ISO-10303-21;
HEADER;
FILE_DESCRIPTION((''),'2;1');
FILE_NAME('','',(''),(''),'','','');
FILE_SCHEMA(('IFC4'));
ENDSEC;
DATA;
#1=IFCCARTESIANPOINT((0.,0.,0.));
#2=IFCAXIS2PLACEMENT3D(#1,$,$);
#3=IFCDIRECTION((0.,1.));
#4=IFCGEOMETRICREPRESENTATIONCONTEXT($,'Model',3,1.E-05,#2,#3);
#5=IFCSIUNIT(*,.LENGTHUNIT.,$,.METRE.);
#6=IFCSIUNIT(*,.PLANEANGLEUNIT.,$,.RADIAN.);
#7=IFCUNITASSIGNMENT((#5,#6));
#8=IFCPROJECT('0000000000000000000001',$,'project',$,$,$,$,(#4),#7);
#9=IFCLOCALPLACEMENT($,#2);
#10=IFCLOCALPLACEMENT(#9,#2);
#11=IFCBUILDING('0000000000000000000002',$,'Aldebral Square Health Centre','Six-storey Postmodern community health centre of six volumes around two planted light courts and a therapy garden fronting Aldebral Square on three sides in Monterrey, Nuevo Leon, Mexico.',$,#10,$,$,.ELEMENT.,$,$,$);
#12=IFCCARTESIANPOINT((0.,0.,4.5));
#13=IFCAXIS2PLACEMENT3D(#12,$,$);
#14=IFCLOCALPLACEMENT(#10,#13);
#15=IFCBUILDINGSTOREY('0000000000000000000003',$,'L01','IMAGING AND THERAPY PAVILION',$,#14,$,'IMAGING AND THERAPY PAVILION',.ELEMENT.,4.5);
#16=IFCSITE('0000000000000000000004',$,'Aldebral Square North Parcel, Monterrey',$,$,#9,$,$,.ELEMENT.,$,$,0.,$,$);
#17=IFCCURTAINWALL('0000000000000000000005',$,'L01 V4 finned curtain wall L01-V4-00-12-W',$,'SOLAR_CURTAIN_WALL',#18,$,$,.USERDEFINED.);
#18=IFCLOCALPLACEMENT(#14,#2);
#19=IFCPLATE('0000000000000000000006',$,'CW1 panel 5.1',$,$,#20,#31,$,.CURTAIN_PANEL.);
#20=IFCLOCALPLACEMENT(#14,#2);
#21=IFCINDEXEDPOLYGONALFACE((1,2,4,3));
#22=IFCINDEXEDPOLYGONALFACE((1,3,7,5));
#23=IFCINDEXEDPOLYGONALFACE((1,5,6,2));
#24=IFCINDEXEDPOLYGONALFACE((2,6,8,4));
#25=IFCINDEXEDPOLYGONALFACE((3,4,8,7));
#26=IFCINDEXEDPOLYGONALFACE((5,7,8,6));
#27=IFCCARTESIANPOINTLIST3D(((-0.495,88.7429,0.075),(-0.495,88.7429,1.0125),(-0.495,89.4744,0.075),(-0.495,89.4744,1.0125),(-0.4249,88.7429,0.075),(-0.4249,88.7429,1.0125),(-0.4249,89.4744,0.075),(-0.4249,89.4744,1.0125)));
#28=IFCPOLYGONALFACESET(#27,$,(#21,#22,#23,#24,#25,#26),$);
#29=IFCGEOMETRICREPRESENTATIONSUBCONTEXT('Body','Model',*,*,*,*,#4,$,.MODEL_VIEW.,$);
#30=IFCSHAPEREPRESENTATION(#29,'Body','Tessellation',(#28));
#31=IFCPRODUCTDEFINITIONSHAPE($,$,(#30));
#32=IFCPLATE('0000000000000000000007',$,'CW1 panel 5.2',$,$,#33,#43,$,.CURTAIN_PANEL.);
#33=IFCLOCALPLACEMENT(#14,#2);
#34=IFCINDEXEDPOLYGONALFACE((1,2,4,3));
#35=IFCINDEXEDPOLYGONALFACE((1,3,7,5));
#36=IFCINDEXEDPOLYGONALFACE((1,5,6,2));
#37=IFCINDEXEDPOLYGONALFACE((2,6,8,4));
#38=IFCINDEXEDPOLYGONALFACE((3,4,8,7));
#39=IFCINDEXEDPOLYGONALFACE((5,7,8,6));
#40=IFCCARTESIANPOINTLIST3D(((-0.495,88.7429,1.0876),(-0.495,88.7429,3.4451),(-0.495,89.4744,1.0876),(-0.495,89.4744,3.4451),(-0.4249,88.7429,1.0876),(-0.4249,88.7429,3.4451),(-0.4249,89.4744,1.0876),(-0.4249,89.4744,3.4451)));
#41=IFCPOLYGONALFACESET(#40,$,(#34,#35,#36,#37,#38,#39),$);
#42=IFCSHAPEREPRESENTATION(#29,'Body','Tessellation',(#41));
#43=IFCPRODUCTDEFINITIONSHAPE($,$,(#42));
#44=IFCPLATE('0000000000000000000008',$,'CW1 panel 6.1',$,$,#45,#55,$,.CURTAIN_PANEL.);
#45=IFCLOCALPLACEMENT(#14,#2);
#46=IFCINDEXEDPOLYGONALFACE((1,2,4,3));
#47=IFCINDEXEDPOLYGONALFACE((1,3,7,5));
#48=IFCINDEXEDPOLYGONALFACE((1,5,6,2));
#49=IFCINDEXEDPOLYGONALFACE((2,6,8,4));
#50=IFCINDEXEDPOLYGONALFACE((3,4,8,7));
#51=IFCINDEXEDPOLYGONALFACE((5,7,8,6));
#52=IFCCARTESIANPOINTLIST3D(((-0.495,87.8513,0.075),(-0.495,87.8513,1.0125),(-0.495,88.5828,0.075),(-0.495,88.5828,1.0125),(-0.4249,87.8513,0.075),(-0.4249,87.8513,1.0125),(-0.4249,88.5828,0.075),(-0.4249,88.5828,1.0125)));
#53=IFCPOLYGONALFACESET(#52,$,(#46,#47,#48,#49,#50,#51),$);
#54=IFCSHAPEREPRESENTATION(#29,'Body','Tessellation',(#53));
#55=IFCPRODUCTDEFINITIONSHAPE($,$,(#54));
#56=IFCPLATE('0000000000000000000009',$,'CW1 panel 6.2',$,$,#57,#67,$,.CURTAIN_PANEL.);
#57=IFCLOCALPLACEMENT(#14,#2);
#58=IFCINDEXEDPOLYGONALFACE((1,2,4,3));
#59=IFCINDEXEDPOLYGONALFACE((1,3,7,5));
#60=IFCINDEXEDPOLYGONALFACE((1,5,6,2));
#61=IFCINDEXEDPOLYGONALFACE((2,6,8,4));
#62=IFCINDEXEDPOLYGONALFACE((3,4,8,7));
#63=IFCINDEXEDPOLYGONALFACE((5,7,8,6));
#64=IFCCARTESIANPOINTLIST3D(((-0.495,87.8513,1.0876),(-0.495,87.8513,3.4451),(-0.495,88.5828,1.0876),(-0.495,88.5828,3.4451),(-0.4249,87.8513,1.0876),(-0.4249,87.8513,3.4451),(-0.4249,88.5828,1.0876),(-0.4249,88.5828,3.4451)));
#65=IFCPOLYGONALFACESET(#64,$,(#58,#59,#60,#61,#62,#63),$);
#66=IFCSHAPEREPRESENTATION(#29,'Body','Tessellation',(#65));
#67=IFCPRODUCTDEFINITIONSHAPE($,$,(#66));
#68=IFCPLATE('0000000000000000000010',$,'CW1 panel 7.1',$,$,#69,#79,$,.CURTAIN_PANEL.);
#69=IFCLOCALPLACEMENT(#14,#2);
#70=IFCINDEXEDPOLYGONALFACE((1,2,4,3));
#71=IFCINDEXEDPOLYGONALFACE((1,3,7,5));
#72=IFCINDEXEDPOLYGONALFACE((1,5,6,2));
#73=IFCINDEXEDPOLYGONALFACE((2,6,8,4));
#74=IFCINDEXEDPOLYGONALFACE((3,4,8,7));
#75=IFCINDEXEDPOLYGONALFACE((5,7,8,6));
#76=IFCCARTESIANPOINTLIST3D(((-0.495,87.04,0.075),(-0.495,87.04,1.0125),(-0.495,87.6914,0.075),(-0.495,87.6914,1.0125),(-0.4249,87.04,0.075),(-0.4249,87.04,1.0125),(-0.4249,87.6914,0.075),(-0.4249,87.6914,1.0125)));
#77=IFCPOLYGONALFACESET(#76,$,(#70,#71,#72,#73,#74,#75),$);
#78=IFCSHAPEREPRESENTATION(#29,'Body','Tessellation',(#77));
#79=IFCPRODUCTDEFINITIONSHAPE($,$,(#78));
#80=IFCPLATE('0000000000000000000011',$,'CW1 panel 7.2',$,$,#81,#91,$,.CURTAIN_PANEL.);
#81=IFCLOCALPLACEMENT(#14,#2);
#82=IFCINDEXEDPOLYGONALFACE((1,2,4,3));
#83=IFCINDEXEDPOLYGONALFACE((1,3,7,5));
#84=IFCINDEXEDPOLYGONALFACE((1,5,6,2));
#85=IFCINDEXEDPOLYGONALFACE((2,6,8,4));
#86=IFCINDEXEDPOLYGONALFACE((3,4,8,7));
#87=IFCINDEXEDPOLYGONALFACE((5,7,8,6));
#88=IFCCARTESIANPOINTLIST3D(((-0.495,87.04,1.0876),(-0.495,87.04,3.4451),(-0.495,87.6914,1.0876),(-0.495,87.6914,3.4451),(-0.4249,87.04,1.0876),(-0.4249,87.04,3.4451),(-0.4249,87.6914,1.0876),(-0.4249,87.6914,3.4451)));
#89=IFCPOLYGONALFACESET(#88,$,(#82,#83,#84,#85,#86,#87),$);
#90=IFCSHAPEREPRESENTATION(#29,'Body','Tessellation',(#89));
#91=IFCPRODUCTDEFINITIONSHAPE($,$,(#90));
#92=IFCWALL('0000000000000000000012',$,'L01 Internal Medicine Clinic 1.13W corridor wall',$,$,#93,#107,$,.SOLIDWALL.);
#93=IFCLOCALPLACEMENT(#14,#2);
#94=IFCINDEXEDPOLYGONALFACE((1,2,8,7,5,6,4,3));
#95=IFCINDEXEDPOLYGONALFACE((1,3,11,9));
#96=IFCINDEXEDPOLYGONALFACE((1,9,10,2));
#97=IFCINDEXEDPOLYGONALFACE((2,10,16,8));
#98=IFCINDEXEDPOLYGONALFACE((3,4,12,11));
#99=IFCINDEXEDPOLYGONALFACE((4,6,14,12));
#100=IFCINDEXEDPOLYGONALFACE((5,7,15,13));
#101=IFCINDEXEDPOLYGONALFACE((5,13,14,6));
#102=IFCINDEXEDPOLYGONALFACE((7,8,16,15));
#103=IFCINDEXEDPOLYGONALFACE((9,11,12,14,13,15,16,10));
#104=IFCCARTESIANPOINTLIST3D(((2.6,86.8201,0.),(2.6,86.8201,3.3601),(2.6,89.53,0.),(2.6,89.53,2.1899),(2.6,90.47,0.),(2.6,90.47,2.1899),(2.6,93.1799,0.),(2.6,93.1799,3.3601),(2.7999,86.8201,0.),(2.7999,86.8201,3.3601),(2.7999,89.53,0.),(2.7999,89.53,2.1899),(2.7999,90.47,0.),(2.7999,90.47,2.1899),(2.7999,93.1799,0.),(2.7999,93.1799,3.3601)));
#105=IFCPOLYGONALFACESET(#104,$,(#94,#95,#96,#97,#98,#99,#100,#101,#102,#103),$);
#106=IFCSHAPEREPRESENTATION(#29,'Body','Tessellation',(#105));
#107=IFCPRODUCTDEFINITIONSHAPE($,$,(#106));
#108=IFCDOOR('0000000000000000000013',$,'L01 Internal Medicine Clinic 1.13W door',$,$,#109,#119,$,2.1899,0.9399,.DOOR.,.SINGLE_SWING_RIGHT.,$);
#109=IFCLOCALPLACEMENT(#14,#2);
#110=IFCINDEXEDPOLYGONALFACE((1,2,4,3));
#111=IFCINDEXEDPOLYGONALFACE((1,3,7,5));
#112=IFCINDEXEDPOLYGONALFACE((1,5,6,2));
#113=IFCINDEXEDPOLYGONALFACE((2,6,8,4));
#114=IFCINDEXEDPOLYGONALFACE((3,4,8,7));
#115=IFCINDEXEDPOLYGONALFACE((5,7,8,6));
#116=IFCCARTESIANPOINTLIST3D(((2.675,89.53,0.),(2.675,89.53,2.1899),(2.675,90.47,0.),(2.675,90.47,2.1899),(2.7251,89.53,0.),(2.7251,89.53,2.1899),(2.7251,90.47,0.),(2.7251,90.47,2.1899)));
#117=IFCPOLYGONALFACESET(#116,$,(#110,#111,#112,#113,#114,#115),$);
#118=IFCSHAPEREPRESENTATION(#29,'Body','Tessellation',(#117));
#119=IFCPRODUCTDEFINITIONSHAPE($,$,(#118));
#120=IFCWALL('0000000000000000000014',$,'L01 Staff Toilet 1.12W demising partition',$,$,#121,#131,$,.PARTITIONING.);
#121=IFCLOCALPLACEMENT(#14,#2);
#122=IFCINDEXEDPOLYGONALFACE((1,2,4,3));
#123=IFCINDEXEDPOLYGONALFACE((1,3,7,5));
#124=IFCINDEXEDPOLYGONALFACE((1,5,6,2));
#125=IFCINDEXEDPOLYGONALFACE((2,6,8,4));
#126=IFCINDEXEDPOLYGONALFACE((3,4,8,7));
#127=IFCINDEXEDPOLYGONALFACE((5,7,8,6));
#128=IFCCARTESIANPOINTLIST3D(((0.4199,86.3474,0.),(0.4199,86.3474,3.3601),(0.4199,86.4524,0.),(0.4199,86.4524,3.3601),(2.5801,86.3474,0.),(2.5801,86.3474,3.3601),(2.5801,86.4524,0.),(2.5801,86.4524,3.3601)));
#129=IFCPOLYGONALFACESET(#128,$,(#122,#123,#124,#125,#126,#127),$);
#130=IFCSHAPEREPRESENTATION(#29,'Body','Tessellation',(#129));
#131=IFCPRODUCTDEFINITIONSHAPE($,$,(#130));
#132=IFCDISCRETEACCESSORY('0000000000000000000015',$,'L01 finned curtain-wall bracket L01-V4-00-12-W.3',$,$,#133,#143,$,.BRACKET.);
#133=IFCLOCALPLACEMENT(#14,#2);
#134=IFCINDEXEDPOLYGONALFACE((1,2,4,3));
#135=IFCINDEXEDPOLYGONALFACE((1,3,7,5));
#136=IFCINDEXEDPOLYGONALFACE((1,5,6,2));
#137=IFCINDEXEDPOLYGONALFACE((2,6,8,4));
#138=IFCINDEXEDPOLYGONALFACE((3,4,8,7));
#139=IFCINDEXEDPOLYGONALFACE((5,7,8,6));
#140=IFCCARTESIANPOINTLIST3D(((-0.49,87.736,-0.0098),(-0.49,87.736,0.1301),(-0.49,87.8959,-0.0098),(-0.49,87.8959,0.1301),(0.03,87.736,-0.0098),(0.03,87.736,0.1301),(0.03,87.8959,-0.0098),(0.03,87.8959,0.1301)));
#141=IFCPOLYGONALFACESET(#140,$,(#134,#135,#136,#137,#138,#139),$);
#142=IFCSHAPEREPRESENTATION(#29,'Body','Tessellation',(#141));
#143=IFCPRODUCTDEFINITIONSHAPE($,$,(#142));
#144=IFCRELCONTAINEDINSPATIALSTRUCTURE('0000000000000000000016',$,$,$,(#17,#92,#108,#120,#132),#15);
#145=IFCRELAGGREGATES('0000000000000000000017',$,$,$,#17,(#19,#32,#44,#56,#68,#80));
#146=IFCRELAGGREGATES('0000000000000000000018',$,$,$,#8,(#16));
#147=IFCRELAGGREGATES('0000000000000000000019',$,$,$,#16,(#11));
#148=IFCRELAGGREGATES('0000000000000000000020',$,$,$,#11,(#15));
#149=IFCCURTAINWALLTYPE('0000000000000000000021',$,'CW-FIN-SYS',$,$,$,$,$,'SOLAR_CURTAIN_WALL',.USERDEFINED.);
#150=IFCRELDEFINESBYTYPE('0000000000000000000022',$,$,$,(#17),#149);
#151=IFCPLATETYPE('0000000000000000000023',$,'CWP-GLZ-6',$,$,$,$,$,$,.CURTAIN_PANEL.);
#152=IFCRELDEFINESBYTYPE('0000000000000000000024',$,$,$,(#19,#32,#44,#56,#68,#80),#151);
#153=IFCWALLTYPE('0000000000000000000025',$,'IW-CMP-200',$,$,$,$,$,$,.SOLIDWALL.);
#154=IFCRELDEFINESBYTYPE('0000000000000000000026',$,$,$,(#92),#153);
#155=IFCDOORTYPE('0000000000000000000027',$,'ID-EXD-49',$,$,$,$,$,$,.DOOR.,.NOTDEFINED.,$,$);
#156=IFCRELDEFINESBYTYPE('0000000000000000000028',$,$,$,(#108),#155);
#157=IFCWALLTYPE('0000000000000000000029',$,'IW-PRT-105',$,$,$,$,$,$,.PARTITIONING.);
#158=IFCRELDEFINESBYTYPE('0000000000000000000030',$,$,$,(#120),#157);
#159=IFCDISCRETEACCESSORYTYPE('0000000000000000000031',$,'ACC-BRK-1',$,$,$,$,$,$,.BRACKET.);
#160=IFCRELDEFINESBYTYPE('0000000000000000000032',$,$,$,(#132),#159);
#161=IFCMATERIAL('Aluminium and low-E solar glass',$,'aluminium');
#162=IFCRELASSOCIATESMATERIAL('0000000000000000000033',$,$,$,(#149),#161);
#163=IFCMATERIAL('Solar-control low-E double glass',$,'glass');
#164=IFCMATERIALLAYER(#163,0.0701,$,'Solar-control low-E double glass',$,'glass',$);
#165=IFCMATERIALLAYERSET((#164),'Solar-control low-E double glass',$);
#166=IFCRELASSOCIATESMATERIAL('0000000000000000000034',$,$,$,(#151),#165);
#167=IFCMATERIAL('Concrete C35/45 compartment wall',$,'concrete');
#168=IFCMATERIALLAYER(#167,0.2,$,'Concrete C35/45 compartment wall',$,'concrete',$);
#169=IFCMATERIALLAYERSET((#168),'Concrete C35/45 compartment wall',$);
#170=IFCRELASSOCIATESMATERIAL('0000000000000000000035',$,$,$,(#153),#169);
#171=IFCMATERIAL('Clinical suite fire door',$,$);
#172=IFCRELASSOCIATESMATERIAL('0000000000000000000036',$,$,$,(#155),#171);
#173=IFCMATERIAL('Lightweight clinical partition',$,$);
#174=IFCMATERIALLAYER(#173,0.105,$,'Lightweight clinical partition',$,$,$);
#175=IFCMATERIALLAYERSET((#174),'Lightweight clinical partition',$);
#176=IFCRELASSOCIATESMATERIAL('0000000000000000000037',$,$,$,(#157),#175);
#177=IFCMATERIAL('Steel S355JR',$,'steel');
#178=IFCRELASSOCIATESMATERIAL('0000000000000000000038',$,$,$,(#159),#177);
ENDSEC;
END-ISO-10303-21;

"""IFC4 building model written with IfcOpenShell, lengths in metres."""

from ifc_helpers import new_model, si_unit, direction, frame, frame_2d, origin, origin_2d, place, context, subcontext, project, spatial, rectangle, extrude, material, layer, layer_set, type_object, element, fill, aggregate, save


model = new_model("IFC4")

# Units and contexts
model_context = context("Model", 3, precision=1e-05, world=origin(), true_north=direction((0.0, 1.0)))
body_context = subcontext(model_context, "Body", "Model", "MODEL_VIEW")
ifc_project = project(units=[si_unit("LENGTHUNIT", "METRE"), si_unit("PLANEANGLEUNIT", "RADIAN")], contexts=[model_context])

# Site, building, storey
site_placement = place(None, origin())
site = spatial("IfcSite", under=ifc_project, at=site_placement, Name="Aldebral Square North Parcel, Monterrey", CompositionType="ELEMENT", RefElevation=0.0)
building_placement = place(site_placement, origin())
building = spatial("IfcBuilding", under=site, at=building_placement, Name="Aldebral Square Health Centre", Description="Six-storey Postmodern community health centre of six volumes around two planted light courts and a therapy garden fronting Aldebral Square on three sides in Monterrey, Nuevo Leon, Mexico.", CompositionType="ELEMENT")
storey_placement = place(building_placement, frame((0.0, 0.0, 4.5)))
storey = spatial("IfcBuildingStorey", under=building, at=storey_placement, Name="L01", Description="IMAGING AND THERAPY PAVILION", LongName="IMAGING AND THERAPY PAVILION", CompositionType="ELEMENT", Elevation=4.5)

# Curtain wall, plates
ifc_material_1 = material(Name="Aluminium and low-E solar glass", Category="aluminium")
curtain_wall_type = type_object("IfcCurtainWallType", Name="CW-FIN-SYS", ElementType="SOLAR_CURTAIN_WALL", PredefinedType="USERDEFINED", material=ifc_material_1)
curtain_wall_placement = place(storey_placement, origin())
curtain_wall = element("IfcCurtainWall", 1, at=curtain_wall_placement, inside=storey, type_object=curtain_wall_type, Name="L01 V4 finned curtain wall L01-V4-00-12-W", ObjectType="SOLAR_CURTAIN_WALL", PredefinedType="USERDEFINED")
ifc_material_2 = material(Name="Solar-control low-E double glass", Category="glass")
ifc_layer_1 = layer(ifc_material_2, 0.0701, Name="Solar-control low-E double glass", Category="glass")
ifc_layer_set_1 = layer_set([ifc_layer_1], Name="Solar-control low-E double glass")
plate_type = type_object("IfcPlateType", Name="CWP-GLZ-6", PredefinedType="CURTAIN_PANEL", material=ifc_layer_set_1)
plate_1_placement = place(storey_placement, frame((-0.46, 89.1086, 0.075), z_axis=(0.0, 0.0, 1.0), x_axis=(0.0, -1.0, 0.0)))
plate_1 = element("IfcPlate", 2, at=plate_1_placement, type_object=plate_type, Name="CW1 panel 5.1", PredefinedType="CURTAIN_PANEL", context=body_context, shape_type="SweptSolid", body=[
    extrude(rectangle(XDim=0.7314, YDim=0.0701, at=origin_2d()), origin(), (0.0, 0.0, 1.0), 0.9375),
])
plate_2_placement = place(storey_placement, frame((-0.46, 89.1086, 1.0876), z_axis=(0.0, 0.0, 1.0), x_axis=(0.0, -1.0, 0.0)))
plate_2 = element("IfcPlate", 3, at=plate_2_placement, type_object=plate_type, Name="CW1 panel 5.2", PredefinedType="CURTAIN_PANEL", context=body_context, shape_type="SweptSolid", body=[
    extrude(rectangle(XDim=0.7314, YDim=0.0701, at=origin_2d()), origin(), (0.0, 0.0, 1.0), 2.3574),
])
plate_3_placement = place(storey_placement, frame((-0.46, 88.217, 0.075), z_axis=(0.0, 0.0, 1.0), x_axis=(0.0, -1.0, 0.0)))
plate_3 = element("IfcPlate", 4, at=plate_3_placement, type_object=plate_type, Name="CW1 panel 6.1", PredefinedType="CURTAIN_PANEL", context=body_context, shape_type="SweptSolid", body=[
    extrude(rectangle(XDim=0.7314, YDim=0.0701, at=origin_2d()), origin(), (0.0, 0.0, 1.0), 0.9375),
])
plate_4_placement = place(storey_placement, frame((-0.46, 88.217, 1.0876), z_axis=(0.0, 0.0, 1.0), x_axis=(0.0, -1.0, 0.0)))
plate_4 = element("IfcPlate", 5, at=plate_4_placement, type_object=plate_type, Name="CW1 panel 6.2", PredefinedType="CURTAIN_PANEL", context=body_context, shape_type="SweptSolid", body=[
    extrude(rectangle(XDim=0.7314, YDim=0.0701, at=origin_2d()), origin(), (0.0, 0.0, 1.0), 2.3574),
])
plate_5_placement = place(storey_placement, frame((-0.46, 87.3657, 0.075), z_axis=(0.0, 0.0, 1.0), x_axis=(0.0, -1.0, 0.0)))
plate_5 = element("IfcPlate", 6, at=plate_5_placement, type_object=plate_type, Name="CW1 panel 7.1", PredefinedType="CURTAIN_PANEL", context=body_context, shape_type="SweptSolid", body=[
    extrude(rectangle(XDim=0.6514, YDim=0.0701, at=origin_2d()), origin(), (0.0, 0.0, 1.0), 0.9375),
])
plate_6_placement = place(storey_placement, frame((-0.46, 87.3657, 1.0876), z_axis=(0.0, 0.0, 1.0), x_axis=(0.0, -1.0, 0.0)))
plate_6 = element("IfcPlate", 7, at=plate_6_placement, type_object=plate_type, Name="CW1 panel 7.2", PredefinedType="CURTAIN_PANEL", context=body_context, shape_type="SweptSolid", body=[
    extrude(rectangle(XDim=0.6514, YDim=0.0701, at=origin_2d()), origin(), (0.0, 0.0, 1.0), 2.3574),
])
aggregate(curtain_wall, [plate_1, plate_2, plate_3, plate_4, plate_5, plate_6])

# Wall, opening, door
ifc_material_3 = material(Name="Concrete C35/45 compartment wall", Category="concrete")
ifc_layer_2 = layer(ifc_material_3, 0.2, Name="Concrete C35/45 compartment wall", Category="concrete")
ifc_layer_set_2 = layer_set([ifc_layer_2], Name="Concrete C35/45 compartment wall")
wall_type_1 = type_object("IfcWallType", Name="IW-CMP-200", PredefinedType="SOLIDWALL", material=ifc_layer_set_2)
wall_1_placement = place(storey_placement, frame((2.7, 86.8201, 0.0), z_axis=(0.0, 0.0, 1.0), x_axis=(0.0, 1.0, 0.0)))
wall_1 = element("IfcWall", 8, at=wall_1_placement, inside=storey, type_object=wall_type_1, Name="L01 Internal Medicine Clinic 1.13W corridor wall", PredefinedType="SOLIDWALL", context=body_context, shape_type="SweptSolid", body=[
    extrude(rectangle(XDim=6.3599, YDim=0.2, at=frame_2d((3.1799, 0.0))), origin(), (0.0, 0.0, 1.0), 3.3601),
])
opening_1_placement = place(wall_1_placement, frame((2.71, 0.0, 0.0)))
opening_1 = element("IfcOpeningElement", 9, at=opening_1_placement, cuts=wall_1, PredefinedType="OPENING", context=body_context, shape_type="SweptSolid", body=[
    extrude(rectangle(XDim=0.9399, YDim=2.1899, at=frame_2d((0.47, 1.095))), frame((0.0, 0.1099, 0.0), z_axis=(0.0, -1.0, 0.0), x_axis=(1.0, 0.0, 0.0)), (0.0, 0.0, 1.0), 0.22),
])
ifc_material_4 = material(Name="Clinical suite fire door")
door_type_1 = type_object("IfcDoorType", Name="ID-EXD-49", OperationType="NOTDEFINED", PredefinedType="DOOR", material=ifc_material_4)
door_1_placement = place(opening_1_placement, origin())
door_1 = element("IfcDoor", 10, at=door_1_placement, inside=storey, type_object=door_type_1, Name="L01 Internal Medicine Clinic 1.13W door", OperationType="SINGLE_SWING_RIGHT", OverallHeight=2.1899, OverallWidth=0.9399, PredefinedType="DOOR", context=body_context, shape_type="SweptSolid", body=[
    extrude(rectangle(XDim=0.9399, YDim=2.1899, at=frame_2d((0.47, 1.095))), frame((0.0, 0.0249, 0.0), z_axis=(0.0, -1.0, 0.0), x_axis=(1.0, 0.0, 0.0)), (0.0, 0.0, 1.0), 0.05),
])
fill(opening_1, door_1)

# Wall
ifc_material_5 = material(Name="Lightweight clinical partition")
ifc_layer_3 = layer(ifc_material_5, 0.105, Name="Lightweight clinical partition")
ifc_layer_set_3 = layer_set([ifc_layer_3], Name="Lightweight clinical partition")
wall_type_2 = type_object("IfcWallType", Name="IW-PRT-105", PredefinedType="PARTITIONING", material=ifc_layer_set_3)
wall_2_placement = place(storey_placement, frame((0.4199, 86.3999, 0.0), z_axis=(0.0, 0.0, 1.0), x_axis=(1.0, 0.0, 0.0)))
element("IfcWall", 11, at=wall_2_placement, inside=storey, type_object=wall_type_2, Name="L01 Staff Toilet 1.12W demising partition", PredefinedType="PARTITIONING", context=body_context, shape_type="SweptSolid", body=[
    extrude(rectangle(XDim=2.1602, YDim=0.105, at=frame_2d((1.0801, 0.0))), origin(), (0.0, 0.0, 1.0), 3.3601),
])

# Discrete accessory
ifc_material_6 = material(Name="Steel S355JR", Category="steel")
discrete_accessory_type = type_object("IfcDiscreteAccessoryType", Name="ACC-BRK-1", PredefinedType="BRACKET", material=ifc_material_6)
discrete_accessory_placement = place(storey_placement, frame((-0.23, 87.8159, -0.0098), z_axis=(0.0, 0.0, 1.0), x_axis=(0.0, 1.0, 0.0)))
element("IfcDiscreteAccessory", 12, at=discrete_accessory_placement, inside=storey, type_object=discrete_accessory_type, Name="L01 finned curtain-wall bracket L01-V4-00-12-W.3", PredefinedType="BRACKET", context=body_context, shape_type="SweptSolid", body=[
    extrude(rectangle(XDim=0.1599, YDim=0.52, at=origin_2d()), origin(), (0.0, 0.0, 1.0), 0.1399),
])

save(model, "model.ifc")
